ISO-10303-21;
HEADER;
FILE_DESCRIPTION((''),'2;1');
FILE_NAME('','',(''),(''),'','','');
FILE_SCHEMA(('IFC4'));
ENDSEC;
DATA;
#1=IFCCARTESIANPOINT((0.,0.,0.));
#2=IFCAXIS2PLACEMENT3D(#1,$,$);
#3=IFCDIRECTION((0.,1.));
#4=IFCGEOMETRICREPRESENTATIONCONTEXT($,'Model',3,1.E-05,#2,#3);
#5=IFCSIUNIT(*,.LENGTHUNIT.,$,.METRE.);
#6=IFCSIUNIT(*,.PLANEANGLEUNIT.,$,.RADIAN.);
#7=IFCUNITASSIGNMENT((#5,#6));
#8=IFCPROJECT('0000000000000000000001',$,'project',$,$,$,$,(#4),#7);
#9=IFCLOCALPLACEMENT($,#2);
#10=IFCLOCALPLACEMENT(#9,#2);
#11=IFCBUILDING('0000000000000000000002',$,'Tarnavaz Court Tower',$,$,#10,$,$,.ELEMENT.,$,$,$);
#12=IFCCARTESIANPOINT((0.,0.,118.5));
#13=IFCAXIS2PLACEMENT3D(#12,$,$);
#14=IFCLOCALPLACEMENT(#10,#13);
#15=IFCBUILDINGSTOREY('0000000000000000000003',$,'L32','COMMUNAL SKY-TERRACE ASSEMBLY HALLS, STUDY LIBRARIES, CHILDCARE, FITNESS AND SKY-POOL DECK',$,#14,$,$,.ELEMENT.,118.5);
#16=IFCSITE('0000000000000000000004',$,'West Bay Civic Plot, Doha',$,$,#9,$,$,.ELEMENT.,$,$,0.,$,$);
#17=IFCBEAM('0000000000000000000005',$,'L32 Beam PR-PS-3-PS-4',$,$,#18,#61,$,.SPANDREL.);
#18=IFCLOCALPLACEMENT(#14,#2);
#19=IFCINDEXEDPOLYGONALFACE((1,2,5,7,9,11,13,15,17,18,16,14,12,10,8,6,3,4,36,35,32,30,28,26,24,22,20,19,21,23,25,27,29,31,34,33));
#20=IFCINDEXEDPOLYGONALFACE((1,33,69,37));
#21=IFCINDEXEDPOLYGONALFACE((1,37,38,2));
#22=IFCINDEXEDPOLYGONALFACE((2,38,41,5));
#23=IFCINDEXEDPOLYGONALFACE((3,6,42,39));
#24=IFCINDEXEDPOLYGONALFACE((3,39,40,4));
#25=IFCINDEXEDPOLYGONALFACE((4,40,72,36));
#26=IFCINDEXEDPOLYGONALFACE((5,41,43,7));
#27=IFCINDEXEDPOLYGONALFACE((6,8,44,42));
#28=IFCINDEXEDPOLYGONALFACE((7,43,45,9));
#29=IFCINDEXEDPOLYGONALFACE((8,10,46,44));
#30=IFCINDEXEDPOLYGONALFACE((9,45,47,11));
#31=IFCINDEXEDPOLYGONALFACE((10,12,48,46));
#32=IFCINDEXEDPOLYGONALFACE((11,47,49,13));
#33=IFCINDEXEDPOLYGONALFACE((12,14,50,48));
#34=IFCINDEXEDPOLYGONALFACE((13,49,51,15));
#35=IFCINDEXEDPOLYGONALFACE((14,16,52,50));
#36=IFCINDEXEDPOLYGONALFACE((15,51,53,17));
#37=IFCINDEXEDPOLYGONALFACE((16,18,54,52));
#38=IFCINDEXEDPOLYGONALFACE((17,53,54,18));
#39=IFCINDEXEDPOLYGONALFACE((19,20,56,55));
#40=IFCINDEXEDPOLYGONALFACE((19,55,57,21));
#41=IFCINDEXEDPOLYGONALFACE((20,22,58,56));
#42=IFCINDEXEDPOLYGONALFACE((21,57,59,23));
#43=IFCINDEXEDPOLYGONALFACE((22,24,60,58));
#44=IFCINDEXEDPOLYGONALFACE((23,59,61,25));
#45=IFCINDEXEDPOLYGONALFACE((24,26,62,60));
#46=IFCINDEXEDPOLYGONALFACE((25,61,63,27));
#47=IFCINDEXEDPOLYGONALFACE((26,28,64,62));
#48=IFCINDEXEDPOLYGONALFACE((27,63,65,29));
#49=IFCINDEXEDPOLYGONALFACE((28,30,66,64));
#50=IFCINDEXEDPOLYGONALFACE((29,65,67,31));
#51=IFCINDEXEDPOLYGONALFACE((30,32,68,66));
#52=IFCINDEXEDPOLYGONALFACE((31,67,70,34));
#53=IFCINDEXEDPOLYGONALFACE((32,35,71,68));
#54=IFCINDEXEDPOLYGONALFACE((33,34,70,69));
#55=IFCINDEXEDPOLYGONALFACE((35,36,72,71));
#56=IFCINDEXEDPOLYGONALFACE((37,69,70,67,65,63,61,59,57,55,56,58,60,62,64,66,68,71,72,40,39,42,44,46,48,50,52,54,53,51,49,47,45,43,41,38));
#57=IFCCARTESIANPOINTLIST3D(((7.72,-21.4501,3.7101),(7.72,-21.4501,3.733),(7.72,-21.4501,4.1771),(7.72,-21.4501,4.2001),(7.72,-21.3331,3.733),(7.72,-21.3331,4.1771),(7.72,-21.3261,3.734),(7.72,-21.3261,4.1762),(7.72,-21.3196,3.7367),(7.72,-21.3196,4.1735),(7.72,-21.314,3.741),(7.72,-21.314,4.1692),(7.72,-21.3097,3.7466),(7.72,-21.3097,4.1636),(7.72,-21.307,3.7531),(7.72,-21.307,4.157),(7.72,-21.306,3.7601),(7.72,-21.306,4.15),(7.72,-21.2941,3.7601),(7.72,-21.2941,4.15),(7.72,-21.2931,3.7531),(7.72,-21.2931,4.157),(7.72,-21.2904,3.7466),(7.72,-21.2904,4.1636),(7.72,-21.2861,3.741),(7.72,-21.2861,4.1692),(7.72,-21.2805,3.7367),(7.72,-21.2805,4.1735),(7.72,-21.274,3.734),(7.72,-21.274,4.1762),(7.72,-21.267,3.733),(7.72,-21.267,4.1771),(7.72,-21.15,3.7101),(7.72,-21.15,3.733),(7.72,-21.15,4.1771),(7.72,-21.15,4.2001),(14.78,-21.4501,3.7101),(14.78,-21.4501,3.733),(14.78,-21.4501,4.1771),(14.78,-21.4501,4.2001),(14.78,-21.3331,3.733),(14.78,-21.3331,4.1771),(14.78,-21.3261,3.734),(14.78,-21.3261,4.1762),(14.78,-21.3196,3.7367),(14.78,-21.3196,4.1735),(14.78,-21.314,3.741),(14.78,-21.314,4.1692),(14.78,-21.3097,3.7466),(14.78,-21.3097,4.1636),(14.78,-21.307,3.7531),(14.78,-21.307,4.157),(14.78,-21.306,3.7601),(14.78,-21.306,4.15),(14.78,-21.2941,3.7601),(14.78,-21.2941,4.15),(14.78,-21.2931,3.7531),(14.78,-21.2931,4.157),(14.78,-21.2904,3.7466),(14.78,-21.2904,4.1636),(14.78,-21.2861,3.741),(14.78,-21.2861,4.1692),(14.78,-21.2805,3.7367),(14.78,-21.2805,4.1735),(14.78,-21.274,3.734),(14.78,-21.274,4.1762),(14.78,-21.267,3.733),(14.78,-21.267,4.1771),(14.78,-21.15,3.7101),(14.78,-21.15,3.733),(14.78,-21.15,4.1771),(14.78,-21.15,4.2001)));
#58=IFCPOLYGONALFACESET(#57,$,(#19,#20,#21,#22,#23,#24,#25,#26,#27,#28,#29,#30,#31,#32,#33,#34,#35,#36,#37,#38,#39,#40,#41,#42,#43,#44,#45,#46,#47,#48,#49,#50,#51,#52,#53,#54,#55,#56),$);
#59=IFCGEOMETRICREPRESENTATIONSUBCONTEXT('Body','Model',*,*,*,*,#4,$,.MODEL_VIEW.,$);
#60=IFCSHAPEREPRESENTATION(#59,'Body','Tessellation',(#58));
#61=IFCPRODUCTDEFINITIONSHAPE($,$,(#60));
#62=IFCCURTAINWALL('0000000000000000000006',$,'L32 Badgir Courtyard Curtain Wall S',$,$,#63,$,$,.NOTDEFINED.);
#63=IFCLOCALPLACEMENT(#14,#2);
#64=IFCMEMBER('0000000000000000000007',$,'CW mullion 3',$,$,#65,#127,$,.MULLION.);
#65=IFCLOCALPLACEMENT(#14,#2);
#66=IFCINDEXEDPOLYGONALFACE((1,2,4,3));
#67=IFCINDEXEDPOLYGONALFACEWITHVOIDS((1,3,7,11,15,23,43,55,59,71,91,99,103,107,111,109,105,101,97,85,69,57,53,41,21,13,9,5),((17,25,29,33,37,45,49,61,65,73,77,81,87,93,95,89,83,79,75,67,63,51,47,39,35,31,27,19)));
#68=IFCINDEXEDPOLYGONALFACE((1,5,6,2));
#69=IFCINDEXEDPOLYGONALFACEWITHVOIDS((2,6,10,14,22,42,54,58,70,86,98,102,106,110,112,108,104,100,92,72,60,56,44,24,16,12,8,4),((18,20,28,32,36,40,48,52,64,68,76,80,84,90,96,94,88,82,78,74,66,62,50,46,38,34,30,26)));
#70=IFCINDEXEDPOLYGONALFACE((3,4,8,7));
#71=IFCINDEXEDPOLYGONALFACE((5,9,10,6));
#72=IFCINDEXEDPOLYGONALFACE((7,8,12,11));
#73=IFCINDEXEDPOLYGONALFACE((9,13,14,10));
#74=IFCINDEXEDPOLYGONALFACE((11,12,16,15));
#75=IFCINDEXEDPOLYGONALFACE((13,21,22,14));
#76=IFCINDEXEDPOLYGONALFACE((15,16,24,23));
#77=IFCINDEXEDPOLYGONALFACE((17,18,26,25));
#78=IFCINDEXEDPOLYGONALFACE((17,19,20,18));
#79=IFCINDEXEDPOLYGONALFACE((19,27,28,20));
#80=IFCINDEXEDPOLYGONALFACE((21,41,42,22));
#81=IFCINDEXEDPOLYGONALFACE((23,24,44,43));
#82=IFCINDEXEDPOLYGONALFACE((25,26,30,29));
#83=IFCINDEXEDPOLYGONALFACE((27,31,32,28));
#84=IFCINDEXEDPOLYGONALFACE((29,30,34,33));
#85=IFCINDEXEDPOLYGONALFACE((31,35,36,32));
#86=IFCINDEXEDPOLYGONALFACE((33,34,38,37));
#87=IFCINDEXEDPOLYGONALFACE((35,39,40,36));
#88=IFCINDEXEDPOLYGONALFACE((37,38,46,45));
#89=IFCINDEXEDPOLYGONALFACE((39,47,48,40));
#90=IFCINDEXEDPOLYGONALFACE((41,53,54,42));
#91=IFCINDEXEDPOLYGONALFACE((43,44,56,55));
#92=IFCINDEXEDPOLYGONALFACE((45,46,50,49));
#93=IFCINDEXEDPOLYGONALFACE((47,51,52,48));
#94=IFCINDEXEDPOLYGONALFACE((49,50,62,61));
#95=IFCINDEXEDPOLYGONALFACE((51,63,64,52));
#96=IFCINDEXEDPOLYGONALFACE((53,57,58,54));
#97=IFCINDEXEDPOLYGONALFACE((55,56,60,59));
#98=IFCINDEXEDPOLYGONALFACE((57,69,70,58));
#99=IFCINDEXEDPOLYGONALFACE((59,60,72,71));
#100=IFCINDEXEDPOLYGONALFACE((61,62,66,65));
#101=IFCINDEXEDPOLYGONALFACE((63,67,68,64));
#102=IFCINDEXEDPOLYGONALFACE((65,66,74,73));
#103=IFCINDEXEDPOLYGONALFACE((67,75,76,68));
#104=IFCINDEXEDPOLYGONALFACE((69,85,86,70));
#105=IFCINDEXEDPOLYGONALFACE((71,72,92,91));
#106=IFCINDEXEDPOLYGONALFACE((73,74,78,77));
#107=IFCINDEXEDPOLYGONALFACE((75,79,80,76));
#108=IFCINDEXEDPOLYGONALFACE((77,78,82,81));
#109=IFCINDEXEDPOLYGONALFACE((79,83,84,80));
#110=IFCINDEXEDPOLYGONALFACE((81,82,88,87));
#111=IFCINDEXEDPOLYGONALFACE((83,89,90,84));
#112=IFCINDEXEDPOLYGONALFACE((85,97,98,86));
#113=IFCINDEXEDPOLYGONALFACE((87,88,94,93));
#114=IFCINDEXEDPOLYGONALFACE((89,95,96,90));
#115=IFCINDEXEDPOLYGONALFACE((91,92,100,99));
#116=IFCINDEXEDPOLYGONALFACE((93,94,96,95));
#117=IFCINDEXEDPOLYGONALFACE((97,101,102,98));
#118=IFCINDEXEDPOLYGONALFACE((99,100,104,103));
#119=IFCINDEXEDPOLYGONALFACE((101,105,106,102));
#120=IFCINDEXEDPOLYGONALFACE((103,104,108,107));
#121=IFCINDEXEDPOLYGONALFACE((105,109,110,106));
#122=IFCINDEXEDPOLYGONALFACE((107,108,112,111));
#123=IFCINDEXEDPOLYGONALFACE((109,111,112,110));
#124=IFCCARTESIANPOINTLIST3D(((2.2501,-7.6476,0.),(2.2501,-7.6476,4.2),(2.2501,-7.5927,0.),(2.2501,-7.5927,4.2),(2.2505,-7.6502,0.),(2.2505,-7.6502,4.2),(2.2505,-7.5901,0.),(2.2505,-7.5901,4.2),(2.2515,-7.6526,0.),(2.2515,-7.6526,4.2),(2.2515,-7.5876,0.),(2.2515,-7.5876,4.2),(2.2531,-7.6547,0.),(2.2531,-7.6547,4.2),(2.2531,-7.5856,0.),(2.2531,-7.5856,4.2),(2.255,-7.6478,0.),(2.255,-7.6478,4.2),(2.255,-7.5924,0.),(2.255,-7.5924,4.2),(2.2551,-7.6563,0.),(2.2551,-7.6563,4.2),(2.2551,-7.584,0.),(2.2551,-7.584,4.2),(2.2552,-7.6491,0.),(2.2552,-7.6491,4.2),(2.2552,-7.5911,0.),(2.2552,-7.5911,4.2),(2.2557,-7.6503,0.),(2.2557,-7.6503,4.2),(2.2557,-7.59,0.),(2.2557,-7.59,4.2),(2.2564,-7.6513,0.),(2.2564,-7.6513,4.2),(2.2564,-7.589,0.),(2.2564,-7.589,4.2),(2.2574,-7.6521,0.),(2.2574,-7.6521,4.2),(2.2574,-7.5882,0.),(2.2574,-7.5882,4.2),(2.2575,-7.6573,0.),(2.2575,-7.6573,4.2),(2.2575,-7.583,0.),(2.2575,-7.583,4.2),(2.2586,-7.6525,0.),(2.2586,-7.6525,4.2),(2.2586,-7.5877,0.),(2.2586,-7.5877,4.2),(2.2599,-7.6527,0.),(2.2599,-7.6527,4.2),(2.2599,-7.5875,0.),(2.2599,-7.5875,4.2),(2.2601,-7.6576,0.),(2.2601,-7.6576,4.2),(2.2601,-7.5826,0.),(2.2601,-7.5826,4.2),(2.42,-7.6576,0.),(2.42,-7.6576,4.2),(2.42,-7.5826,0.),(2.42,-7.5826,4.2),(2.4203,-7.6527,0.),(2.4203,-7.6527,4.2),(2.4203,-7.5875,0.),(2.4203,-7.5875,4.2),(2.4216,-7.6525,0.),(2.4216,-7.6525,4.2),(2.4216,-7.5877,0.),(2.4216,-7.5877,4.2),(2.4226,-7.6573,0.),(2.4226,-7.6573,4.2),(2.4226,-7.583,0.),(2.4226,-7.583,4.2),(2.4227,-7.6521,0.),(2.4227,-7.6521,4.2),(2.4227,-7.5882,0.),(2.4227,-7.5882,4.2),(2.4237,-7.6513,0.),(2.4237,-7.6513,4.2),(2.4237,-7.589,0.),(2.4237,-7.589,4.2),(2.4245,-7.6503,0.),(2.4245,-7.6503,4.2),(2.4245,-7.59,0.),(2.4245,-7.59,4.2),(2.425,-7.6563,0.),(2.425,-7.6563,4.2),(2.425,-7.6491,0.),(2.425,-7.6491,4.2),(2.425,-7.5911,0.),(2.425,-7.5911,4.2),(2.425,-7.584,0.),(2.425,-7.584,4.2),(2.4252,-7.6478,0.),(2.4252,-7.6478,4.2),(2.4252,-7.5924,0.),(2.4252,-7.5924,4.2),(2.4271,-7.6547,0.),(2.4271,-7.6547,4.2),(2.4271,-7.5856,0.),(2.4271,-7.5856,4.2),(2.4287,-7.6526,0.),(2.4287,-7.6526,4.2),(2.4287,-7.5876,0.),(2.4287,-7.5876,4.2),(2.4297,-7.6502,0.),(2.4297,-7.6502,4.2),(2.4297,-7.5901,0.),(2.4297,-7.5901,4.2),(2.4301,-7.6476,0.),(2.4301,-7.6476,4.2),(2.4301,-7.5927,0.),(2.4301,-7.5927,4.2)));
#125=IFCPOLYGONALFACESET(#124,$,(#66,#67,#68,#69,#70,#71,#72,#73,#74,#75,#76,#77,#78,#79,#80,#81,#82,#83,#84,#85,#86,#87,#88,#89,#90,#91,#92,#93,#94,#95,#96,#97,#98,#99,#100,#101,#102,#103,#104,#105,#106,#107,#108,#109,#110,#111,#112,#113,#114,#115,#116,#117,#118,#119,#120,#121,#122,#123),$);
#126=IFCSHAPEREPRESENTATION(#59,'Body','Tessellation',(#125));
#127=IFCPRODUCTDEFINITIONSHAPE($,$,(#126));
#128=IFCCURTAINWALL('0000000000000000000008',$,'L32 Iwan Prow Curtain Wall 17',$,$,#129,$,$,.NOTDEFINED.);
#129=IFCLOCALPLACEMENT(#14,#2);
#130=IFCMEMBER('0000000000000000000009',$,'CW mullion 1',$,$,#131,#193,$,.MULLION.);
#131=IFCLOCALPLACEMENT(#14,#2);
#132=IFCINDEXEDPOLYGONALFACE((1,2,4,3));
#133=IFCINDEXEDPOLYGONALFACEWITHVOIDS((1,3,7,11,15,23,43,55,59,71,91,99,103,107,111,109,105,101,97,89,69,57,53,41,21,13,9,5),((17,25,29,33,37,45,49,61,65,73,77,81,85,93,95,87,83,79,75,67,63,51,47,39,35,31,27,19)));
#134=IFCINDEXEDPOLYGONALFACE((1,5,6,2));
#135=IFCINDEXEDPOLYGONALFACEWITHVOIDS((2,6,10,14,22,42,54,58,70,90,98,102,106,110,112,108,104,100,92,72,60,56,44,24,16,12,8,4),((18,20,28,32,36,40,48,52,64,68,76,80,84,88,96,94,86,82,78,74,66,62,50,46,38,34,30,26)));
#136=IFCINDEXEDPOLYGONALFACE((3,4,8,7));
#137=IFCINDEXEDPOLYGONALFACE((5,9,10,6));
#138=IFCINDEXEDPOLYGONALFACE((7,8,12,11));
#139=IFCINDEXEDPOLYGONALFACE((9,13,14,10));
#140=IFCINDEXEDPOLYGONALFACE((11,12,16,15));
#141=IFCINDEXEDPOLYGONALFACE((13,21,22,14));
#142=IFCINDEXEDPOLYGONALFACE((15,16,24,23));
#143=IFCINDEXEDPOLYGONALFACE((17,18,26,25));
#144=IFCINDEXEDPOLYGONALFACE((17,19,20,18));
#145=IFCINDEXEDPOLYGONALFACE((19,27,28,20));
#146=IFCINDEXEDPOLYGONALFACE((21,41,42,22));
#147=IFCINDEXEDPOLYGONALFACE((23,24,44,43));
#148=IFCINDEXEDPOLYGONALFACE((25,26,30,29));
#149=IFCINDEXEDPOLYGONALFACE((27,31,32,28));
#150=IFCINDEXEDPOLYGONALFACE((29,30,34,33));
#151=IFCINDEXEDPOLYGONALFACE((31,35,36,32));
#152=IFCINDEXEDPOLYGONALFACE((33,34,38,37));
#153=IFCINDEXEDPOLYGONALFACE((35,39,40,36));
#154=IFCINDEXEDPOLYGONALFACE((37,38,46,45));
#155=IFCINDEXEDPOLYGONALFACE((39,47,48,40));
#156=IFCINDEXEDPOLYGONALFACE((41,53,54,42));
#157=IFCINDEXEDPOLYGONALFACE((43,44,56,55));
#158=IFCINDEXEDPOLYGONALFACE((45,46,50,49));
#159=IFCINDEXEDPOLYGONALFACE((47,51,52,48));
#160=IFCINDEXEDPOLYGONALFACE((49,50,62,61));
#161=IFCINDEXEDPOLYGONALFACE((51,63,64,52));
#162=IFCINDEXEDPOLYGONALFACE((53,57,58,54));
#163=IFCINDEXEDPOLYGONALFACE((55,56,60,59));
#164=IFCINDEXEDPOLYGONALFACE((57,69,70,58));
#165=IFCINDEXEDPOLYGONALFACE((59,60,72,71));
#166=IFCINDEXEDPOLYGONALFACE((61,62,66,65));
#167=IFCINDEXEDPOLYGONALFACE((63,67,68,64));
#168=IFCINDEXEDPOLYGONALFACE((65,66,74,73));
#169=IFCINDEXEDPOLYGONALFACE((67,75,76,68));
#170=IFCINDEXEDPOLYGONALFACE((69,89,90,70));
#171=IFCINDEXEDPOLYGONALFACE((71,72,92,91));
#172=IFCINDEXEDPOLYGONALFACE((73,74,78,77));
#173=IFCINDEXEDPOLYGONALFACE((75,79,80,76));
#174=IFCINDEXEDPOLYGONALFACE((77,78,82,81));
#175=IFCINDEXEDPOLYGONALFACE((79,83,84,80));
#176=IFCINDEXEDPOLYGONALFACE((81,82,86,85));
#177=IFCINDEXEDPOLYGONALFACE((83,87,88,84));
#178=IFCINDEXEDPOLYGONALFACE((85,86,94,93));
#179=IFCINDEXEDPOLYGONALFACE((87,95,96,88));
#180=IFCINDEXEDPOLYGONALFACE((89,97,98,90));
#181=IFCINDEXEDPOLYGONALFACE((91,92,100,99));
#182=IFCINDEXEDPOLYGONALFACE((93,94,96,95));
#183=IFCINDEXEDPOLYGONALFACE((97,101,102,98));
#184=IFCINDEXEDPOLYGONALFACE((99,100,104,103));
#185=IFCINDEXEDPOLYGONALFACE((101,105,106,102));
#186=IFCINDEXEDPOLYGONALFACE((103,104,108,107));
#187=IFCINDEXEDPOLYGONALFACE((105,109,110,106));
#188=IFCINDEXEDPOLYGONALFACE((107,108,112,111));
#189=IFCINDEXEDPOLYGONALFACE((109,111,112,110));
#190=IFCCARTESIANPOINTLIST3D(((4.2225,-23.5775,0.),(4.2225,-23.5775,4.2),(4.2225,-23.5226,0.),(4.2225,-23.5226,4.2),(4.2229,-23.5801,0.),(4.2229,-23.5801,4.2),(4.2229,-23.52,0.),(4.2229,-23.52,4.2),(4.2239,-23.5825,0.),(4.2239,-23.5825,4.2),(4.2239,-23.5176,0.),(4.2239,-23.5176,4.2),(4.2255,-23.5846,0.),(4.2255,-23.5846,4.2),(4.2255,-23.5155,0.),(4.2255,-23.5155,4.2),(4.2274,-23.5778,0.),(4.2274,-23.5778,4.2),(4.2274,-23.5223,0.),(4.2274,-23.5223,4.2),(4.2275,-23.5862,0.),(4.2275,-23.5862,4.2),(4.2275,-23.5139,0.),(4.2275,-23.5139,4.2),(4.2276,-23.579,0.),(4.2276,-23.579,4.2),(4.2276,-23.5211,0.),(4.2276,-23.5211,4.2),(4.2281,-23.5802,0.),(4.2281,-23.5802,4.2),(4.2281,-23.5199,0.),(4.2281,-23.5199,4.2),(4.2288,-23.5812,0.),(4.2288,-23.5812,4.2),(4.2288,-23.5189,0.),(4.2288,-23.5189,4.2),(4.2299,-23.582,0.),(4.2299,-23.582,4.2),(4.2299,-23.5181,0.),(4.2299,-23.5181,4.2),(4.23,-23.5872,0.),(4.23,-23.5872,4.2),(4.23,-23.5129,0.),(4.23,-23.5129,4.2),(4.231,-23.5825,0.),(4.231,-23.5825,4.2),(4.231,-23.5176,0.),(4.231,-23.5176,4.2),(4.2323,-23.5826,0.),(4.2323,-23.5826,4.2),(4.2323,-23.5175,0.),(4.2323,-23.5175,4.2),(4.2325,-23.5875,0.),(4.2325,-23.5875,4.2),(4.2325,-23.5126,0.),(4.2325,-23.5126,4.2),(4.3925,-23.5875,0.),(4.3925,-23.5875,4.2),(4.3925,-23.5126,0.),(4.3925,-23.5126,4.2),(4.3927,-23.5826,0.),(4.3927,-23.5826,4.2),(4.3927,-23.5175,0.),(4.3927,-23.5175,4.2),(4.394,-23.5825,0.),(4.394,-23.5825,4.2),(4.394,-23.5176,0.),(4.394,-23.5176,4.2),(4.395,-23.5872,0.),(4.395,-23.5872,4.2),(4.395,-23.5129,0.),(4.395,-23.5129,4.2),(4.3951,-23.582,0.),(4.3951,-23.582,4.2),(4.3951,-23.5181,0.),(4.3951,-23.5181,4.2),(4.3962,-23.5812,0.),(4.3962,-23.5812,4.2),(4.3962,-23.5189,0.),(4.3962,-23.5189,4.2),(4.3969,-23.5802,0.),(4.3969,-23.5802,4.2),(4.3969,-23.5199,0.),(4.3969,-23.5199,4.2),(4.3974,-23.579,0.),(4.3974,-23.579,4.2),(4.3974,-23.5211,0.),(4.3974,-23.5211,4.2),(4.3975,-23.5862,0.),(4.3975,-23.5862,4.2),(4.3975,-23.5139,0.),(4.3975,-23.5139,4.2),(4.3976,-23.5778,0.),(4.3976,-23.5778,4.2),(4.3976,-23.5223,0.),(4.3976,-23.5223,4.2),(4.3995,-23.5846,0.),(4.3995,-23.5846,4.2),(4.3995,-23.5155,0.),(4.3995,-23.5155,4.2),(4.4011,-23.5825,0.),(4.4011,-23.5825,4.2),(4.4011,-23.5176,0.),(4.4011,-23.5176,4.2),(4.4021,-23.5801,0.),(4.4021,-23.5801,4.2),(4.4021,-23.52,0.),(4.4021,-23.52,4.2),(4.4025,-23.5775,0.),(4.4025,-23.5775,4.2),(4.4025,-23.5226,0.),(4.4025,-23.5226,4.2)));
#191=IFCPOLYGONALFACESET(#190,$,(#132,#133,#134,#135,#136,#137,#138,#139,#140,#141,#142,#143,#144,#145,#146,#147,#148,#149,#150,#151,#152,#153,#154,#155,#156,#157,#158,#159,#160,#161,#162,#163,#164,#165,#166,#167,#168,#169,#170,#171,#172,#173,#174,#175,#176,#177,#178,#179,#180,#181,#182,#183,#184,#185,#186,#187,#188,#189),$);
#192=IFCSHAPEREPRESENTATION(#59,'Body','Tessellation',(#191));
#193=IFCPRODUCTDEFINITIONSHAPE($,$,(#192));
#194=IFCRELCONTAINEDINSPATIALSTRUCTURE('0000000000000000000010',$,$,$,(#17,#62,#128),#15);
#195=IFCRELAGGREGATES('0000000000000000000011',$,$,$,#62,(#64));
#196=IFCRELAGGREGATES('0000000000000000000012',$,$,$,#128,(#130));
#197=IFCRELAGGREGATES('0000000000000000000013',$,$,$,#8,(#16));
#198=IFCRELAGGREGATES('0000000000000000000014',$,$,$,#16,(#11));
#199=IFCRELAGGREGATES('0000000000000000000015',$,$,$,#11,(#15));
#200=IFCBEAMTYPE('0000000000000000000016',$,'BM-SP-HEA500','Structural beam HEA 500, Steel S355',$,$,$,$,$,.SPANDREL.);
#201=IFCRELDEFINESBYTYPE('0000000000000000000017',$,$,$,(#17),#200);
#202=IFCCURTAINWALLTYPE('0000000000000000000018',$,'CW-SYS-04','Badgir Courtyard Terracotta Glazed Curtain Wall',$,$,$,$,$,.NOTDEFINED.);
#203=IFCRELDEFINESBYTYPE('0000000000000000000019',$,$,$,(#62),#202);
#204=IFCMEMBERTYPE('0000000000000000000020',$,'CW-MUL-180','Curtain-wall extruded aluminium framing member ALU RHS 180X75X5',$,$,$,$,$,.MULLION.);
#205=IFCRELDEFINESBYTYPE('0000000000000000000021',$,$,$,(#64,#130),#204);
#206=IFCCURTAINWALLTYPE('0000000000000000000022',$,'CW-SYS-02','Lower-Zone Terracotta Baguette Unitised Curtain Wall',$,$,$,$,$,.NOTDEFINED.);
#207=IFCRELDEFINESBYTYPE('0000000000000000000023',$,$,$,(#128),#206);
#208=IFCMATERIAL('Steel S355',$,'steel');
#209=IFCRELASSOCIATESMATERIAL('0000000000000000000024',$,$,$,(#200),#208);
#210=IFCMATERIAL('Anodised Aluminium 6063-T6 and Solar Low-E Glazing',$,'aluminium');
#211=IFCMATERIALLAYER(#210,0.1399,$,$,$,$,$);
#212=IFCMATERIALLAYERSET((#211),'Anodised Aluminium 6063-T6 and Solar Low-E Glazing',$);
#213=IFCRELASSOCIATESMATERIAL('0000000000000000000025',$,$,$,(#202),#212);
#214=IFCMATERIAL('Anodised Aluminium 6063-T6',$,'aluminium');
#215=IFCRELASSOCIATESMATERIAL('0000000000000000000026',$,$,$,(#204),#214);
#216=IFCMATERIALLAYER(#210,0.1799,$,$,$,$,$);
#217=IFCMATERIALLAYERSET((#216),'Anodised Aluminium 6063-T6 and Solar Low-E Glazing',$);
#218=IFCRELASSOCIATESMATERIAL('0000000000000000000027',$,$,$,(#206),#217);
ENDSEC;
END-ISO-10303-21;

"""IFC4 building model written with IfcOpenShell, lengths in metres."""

from ifc_helpers import new_model, si_unit, direction, frame, origin, origin_2d, place, context, subcontext, project, spatial, hollow_rectangle, i_section, extrude, material, layer, layer_set, material_profile, profile_set, type_object, element, aggregate, save


model = new_model("IFC4")

# Units and contexts
model_context = context("Model", 3, precision=1e-05, world=origin(), true_north=direction((0.0, 1.0)))
body_context = subcontext(model_context, "Body", "Model", "MODEL_VIEW")
ifc_project = project(units=[si_unit("LENGTHUNIT", "METRE"), si_unit("PLANEANGLEUNIT", "RADIAN")], contexts=[model_context])

# Site, building, storey
site_placement = place(None, origin())
site = spatial("IfcSite", under=ifc_project, at=site_placement, Name="West Bay Civic Plot, Doha", CompositionType="ELEMENT", RefElevation=0.0)
building_placement = place(site_placement, origin())
building = spatial("IfcBuilding", under=site, at=building_placement, Name="Tarnavaz Court Tower", CompositionType="ELEMENT")
storey_placement = place(building_placement, frame((0.0, 0.0, 118.5)))
storey = spatial("IfcBuildingStorey", under=building, at=storey_placement, Name="L32", Description="COMMUNAL SKY-TERRACE ASSEMBLY HALLS, STUDY LIBRARIES, CHILDCARE, FITNESS AND SKY-POOL DECK", CompositionType="ELEMENT", Elevation=118.5)

# Beam
ifc_material_1 = material(Name="Steel S355", Category="steel")
ifc_material_profile_1 = material_profile(ifc_material_1, i_section(OverallWidth=0.3, OverallDepth=0.49, WebThickness=0.012, FlangeThickness=0.0229, FilletRadius=0.0271, at=origin_2d()), Name="HEA 500")
ifc_profile_set_1 = profile_set([ifc_material_profile_1], Name="Steel S355")
beam_type_1 = type_object("IfcBeamType", Name="BM-SP-HEA500", Description="Structural beam HEA 500, Steel S355", PredefinedType="SPANDREL", material=ifc_profile_set_1)
beam_1_placement = place(storey_placement, frame((7.72, -21.3, 3.9551), z_axis=(1.0, 0.0, 0.0), x_axis=(0.0, 1.0, 0.0)))
element("IfcBeam", 1, at=beam_1_placement, inside=storey, type_object=beam_type_1, Name="L32 Beam PR-PS-3-PS-4", PredefinedType="SPANDREL", context=body_context, shape_type="SweptSolid", body=[
    extrude(i_section(OverallWidth=0.3, OverallDepth=0.49, WebThickness=0.012, FlangeThickness=0.0229, FilletRadius=0.0271, at=origin_2d()), origin(), (0.0, 0.0, 1.0), 7.0601),
])

# Curtain wall, member
ifc_material_2 = material(Name="Anodised Aluminium 6063-T6 and Solar Low-E Glazing", Category="aluminium")
ifc_layer_1 = layer(ifc_material_2, 0.1399)
ifc_layer_set_1 = layer_set([ifc_layer_1], Name="Anodised Aluminium 6063-T6 and Solar Low-E Glazing")
curtain_wall_type_1 = type_object("IfcCurtainWallType", Name="CW-SYS-04", Description="Badgir Courtyard Terracotta Glazed Curtain Wall", PredefinedType="NOTDEFINED", material=ifc_layer_set_1)
curtain_wall_1_placement = place(storey_placement, origin())
curtain_wall_1 = element("IfcCurtainWall", 2, at=curtain_wall_1_placement, inside=storey, type_object=curtain_wall_type_1, Name="L32 Badgir Courtyard Curtain Wall S", PredefinedType="NOTDEFINED")
ifc_material_3 = material(Name="Anodised Aluminium 6063-T6", Category="aluminium")
ifc_material_profile_2 = material_profile(ifc_material_3, hollow_rectangle(XDim=0.075, YDim=0.1799, WallThickness=0.0049, InnerFilletRadius=0.0049, OuterFilletRadius=0.01, at=origin_2d()), Name="ALU RHS 180X75X5")
ifc_profile_set_2 = profile_set([ifc_material_profile_2], Name="Anodised Aluminium 6063-T6")
member_type_1 = type_object("IfcMemberType", Name="CW-MUL-180", Description="Curtain-wall extruded aluminium framing member ALU RHS 180X75X5", PredefinedType="MULLION", material=ifc_profile_set_2)
member_1_placement = place(storey_placement, frame((2.3401, -7.6201, 0.0), z_axis=(0.0, 0.0, 1.0), x_axis=(0.0, 1.0, 0.0)))
member_1 = element("IfcMember", 3, at=member_1_placement, type_object=member_type_1, Name="CW mullion 3", PredefinedType="MULLION", context=body_context, shape_type="SweptSolid", body=[
    extrude(hollow_rectangle(XDim=0.075, YDim=0.1799, WallThickness=0.0049, InnerFilletRadius=0.0049, OuterFilletRadius=0.01, at=origin_2d()), origin(), (0.0, 0.0, 1.0), 4.2),
])

# Curtain wall, member
ifc_layer_2 = layer(ifc_material_2, 0.1799)
ifc_layer_set_2 = layer_set([ifc_layer_2], Name="Anodised Aluminium 6063-T6 and Solar Low-E Glazing")
curtain_wall_type_2 = type_object("IfcCurtainWallType", Name="CW-SYS-02", Description="Lower-Zone Terracotta Baguette Unitised Curtain Wall", PredefinedType="NOTDEFINED", material=ifc_layer_set_2)
curtain_wall_2_placement = place(storey_placement, origin())
curtain_wall_2 = element("IfcCurtainWall", 4, at=curtain_wall_2_placement, inside=storey, type_object=curtain_wall_type_2, Name="L32 Iwan Prow Curtain Wall 17", PredefinedType="NOTDEFINED")
member_2_placement = place(storey_placement, frame((4.3125, -23.55, 0.0), z_axis=(0.0, 0.0, 1.0), x_axis=(0.0, -1.0, 0.0)))
member_2 = element("IfcMember", 5, at=member_2_placement, type_object=member_type_1, Name="CW mullion 1", PredefinedType="MULLION", context=body_context, shape_type="SweptSolid", body=[
    extrude(hollow_rectangle(XDim=0.075, YDim=0.1799, WallThickness=0.0049, InnerFilletRadius=0.0049, OuterFilletRadius=0.01, at=origin_2d()), origin(), (0.0, 0.0, 1.0), 4.2),
])

aggregate(curtain_wall_1, [member_1])
aggregate(curtain_wall_2, [member_2])

save(model, "model.ifc")
